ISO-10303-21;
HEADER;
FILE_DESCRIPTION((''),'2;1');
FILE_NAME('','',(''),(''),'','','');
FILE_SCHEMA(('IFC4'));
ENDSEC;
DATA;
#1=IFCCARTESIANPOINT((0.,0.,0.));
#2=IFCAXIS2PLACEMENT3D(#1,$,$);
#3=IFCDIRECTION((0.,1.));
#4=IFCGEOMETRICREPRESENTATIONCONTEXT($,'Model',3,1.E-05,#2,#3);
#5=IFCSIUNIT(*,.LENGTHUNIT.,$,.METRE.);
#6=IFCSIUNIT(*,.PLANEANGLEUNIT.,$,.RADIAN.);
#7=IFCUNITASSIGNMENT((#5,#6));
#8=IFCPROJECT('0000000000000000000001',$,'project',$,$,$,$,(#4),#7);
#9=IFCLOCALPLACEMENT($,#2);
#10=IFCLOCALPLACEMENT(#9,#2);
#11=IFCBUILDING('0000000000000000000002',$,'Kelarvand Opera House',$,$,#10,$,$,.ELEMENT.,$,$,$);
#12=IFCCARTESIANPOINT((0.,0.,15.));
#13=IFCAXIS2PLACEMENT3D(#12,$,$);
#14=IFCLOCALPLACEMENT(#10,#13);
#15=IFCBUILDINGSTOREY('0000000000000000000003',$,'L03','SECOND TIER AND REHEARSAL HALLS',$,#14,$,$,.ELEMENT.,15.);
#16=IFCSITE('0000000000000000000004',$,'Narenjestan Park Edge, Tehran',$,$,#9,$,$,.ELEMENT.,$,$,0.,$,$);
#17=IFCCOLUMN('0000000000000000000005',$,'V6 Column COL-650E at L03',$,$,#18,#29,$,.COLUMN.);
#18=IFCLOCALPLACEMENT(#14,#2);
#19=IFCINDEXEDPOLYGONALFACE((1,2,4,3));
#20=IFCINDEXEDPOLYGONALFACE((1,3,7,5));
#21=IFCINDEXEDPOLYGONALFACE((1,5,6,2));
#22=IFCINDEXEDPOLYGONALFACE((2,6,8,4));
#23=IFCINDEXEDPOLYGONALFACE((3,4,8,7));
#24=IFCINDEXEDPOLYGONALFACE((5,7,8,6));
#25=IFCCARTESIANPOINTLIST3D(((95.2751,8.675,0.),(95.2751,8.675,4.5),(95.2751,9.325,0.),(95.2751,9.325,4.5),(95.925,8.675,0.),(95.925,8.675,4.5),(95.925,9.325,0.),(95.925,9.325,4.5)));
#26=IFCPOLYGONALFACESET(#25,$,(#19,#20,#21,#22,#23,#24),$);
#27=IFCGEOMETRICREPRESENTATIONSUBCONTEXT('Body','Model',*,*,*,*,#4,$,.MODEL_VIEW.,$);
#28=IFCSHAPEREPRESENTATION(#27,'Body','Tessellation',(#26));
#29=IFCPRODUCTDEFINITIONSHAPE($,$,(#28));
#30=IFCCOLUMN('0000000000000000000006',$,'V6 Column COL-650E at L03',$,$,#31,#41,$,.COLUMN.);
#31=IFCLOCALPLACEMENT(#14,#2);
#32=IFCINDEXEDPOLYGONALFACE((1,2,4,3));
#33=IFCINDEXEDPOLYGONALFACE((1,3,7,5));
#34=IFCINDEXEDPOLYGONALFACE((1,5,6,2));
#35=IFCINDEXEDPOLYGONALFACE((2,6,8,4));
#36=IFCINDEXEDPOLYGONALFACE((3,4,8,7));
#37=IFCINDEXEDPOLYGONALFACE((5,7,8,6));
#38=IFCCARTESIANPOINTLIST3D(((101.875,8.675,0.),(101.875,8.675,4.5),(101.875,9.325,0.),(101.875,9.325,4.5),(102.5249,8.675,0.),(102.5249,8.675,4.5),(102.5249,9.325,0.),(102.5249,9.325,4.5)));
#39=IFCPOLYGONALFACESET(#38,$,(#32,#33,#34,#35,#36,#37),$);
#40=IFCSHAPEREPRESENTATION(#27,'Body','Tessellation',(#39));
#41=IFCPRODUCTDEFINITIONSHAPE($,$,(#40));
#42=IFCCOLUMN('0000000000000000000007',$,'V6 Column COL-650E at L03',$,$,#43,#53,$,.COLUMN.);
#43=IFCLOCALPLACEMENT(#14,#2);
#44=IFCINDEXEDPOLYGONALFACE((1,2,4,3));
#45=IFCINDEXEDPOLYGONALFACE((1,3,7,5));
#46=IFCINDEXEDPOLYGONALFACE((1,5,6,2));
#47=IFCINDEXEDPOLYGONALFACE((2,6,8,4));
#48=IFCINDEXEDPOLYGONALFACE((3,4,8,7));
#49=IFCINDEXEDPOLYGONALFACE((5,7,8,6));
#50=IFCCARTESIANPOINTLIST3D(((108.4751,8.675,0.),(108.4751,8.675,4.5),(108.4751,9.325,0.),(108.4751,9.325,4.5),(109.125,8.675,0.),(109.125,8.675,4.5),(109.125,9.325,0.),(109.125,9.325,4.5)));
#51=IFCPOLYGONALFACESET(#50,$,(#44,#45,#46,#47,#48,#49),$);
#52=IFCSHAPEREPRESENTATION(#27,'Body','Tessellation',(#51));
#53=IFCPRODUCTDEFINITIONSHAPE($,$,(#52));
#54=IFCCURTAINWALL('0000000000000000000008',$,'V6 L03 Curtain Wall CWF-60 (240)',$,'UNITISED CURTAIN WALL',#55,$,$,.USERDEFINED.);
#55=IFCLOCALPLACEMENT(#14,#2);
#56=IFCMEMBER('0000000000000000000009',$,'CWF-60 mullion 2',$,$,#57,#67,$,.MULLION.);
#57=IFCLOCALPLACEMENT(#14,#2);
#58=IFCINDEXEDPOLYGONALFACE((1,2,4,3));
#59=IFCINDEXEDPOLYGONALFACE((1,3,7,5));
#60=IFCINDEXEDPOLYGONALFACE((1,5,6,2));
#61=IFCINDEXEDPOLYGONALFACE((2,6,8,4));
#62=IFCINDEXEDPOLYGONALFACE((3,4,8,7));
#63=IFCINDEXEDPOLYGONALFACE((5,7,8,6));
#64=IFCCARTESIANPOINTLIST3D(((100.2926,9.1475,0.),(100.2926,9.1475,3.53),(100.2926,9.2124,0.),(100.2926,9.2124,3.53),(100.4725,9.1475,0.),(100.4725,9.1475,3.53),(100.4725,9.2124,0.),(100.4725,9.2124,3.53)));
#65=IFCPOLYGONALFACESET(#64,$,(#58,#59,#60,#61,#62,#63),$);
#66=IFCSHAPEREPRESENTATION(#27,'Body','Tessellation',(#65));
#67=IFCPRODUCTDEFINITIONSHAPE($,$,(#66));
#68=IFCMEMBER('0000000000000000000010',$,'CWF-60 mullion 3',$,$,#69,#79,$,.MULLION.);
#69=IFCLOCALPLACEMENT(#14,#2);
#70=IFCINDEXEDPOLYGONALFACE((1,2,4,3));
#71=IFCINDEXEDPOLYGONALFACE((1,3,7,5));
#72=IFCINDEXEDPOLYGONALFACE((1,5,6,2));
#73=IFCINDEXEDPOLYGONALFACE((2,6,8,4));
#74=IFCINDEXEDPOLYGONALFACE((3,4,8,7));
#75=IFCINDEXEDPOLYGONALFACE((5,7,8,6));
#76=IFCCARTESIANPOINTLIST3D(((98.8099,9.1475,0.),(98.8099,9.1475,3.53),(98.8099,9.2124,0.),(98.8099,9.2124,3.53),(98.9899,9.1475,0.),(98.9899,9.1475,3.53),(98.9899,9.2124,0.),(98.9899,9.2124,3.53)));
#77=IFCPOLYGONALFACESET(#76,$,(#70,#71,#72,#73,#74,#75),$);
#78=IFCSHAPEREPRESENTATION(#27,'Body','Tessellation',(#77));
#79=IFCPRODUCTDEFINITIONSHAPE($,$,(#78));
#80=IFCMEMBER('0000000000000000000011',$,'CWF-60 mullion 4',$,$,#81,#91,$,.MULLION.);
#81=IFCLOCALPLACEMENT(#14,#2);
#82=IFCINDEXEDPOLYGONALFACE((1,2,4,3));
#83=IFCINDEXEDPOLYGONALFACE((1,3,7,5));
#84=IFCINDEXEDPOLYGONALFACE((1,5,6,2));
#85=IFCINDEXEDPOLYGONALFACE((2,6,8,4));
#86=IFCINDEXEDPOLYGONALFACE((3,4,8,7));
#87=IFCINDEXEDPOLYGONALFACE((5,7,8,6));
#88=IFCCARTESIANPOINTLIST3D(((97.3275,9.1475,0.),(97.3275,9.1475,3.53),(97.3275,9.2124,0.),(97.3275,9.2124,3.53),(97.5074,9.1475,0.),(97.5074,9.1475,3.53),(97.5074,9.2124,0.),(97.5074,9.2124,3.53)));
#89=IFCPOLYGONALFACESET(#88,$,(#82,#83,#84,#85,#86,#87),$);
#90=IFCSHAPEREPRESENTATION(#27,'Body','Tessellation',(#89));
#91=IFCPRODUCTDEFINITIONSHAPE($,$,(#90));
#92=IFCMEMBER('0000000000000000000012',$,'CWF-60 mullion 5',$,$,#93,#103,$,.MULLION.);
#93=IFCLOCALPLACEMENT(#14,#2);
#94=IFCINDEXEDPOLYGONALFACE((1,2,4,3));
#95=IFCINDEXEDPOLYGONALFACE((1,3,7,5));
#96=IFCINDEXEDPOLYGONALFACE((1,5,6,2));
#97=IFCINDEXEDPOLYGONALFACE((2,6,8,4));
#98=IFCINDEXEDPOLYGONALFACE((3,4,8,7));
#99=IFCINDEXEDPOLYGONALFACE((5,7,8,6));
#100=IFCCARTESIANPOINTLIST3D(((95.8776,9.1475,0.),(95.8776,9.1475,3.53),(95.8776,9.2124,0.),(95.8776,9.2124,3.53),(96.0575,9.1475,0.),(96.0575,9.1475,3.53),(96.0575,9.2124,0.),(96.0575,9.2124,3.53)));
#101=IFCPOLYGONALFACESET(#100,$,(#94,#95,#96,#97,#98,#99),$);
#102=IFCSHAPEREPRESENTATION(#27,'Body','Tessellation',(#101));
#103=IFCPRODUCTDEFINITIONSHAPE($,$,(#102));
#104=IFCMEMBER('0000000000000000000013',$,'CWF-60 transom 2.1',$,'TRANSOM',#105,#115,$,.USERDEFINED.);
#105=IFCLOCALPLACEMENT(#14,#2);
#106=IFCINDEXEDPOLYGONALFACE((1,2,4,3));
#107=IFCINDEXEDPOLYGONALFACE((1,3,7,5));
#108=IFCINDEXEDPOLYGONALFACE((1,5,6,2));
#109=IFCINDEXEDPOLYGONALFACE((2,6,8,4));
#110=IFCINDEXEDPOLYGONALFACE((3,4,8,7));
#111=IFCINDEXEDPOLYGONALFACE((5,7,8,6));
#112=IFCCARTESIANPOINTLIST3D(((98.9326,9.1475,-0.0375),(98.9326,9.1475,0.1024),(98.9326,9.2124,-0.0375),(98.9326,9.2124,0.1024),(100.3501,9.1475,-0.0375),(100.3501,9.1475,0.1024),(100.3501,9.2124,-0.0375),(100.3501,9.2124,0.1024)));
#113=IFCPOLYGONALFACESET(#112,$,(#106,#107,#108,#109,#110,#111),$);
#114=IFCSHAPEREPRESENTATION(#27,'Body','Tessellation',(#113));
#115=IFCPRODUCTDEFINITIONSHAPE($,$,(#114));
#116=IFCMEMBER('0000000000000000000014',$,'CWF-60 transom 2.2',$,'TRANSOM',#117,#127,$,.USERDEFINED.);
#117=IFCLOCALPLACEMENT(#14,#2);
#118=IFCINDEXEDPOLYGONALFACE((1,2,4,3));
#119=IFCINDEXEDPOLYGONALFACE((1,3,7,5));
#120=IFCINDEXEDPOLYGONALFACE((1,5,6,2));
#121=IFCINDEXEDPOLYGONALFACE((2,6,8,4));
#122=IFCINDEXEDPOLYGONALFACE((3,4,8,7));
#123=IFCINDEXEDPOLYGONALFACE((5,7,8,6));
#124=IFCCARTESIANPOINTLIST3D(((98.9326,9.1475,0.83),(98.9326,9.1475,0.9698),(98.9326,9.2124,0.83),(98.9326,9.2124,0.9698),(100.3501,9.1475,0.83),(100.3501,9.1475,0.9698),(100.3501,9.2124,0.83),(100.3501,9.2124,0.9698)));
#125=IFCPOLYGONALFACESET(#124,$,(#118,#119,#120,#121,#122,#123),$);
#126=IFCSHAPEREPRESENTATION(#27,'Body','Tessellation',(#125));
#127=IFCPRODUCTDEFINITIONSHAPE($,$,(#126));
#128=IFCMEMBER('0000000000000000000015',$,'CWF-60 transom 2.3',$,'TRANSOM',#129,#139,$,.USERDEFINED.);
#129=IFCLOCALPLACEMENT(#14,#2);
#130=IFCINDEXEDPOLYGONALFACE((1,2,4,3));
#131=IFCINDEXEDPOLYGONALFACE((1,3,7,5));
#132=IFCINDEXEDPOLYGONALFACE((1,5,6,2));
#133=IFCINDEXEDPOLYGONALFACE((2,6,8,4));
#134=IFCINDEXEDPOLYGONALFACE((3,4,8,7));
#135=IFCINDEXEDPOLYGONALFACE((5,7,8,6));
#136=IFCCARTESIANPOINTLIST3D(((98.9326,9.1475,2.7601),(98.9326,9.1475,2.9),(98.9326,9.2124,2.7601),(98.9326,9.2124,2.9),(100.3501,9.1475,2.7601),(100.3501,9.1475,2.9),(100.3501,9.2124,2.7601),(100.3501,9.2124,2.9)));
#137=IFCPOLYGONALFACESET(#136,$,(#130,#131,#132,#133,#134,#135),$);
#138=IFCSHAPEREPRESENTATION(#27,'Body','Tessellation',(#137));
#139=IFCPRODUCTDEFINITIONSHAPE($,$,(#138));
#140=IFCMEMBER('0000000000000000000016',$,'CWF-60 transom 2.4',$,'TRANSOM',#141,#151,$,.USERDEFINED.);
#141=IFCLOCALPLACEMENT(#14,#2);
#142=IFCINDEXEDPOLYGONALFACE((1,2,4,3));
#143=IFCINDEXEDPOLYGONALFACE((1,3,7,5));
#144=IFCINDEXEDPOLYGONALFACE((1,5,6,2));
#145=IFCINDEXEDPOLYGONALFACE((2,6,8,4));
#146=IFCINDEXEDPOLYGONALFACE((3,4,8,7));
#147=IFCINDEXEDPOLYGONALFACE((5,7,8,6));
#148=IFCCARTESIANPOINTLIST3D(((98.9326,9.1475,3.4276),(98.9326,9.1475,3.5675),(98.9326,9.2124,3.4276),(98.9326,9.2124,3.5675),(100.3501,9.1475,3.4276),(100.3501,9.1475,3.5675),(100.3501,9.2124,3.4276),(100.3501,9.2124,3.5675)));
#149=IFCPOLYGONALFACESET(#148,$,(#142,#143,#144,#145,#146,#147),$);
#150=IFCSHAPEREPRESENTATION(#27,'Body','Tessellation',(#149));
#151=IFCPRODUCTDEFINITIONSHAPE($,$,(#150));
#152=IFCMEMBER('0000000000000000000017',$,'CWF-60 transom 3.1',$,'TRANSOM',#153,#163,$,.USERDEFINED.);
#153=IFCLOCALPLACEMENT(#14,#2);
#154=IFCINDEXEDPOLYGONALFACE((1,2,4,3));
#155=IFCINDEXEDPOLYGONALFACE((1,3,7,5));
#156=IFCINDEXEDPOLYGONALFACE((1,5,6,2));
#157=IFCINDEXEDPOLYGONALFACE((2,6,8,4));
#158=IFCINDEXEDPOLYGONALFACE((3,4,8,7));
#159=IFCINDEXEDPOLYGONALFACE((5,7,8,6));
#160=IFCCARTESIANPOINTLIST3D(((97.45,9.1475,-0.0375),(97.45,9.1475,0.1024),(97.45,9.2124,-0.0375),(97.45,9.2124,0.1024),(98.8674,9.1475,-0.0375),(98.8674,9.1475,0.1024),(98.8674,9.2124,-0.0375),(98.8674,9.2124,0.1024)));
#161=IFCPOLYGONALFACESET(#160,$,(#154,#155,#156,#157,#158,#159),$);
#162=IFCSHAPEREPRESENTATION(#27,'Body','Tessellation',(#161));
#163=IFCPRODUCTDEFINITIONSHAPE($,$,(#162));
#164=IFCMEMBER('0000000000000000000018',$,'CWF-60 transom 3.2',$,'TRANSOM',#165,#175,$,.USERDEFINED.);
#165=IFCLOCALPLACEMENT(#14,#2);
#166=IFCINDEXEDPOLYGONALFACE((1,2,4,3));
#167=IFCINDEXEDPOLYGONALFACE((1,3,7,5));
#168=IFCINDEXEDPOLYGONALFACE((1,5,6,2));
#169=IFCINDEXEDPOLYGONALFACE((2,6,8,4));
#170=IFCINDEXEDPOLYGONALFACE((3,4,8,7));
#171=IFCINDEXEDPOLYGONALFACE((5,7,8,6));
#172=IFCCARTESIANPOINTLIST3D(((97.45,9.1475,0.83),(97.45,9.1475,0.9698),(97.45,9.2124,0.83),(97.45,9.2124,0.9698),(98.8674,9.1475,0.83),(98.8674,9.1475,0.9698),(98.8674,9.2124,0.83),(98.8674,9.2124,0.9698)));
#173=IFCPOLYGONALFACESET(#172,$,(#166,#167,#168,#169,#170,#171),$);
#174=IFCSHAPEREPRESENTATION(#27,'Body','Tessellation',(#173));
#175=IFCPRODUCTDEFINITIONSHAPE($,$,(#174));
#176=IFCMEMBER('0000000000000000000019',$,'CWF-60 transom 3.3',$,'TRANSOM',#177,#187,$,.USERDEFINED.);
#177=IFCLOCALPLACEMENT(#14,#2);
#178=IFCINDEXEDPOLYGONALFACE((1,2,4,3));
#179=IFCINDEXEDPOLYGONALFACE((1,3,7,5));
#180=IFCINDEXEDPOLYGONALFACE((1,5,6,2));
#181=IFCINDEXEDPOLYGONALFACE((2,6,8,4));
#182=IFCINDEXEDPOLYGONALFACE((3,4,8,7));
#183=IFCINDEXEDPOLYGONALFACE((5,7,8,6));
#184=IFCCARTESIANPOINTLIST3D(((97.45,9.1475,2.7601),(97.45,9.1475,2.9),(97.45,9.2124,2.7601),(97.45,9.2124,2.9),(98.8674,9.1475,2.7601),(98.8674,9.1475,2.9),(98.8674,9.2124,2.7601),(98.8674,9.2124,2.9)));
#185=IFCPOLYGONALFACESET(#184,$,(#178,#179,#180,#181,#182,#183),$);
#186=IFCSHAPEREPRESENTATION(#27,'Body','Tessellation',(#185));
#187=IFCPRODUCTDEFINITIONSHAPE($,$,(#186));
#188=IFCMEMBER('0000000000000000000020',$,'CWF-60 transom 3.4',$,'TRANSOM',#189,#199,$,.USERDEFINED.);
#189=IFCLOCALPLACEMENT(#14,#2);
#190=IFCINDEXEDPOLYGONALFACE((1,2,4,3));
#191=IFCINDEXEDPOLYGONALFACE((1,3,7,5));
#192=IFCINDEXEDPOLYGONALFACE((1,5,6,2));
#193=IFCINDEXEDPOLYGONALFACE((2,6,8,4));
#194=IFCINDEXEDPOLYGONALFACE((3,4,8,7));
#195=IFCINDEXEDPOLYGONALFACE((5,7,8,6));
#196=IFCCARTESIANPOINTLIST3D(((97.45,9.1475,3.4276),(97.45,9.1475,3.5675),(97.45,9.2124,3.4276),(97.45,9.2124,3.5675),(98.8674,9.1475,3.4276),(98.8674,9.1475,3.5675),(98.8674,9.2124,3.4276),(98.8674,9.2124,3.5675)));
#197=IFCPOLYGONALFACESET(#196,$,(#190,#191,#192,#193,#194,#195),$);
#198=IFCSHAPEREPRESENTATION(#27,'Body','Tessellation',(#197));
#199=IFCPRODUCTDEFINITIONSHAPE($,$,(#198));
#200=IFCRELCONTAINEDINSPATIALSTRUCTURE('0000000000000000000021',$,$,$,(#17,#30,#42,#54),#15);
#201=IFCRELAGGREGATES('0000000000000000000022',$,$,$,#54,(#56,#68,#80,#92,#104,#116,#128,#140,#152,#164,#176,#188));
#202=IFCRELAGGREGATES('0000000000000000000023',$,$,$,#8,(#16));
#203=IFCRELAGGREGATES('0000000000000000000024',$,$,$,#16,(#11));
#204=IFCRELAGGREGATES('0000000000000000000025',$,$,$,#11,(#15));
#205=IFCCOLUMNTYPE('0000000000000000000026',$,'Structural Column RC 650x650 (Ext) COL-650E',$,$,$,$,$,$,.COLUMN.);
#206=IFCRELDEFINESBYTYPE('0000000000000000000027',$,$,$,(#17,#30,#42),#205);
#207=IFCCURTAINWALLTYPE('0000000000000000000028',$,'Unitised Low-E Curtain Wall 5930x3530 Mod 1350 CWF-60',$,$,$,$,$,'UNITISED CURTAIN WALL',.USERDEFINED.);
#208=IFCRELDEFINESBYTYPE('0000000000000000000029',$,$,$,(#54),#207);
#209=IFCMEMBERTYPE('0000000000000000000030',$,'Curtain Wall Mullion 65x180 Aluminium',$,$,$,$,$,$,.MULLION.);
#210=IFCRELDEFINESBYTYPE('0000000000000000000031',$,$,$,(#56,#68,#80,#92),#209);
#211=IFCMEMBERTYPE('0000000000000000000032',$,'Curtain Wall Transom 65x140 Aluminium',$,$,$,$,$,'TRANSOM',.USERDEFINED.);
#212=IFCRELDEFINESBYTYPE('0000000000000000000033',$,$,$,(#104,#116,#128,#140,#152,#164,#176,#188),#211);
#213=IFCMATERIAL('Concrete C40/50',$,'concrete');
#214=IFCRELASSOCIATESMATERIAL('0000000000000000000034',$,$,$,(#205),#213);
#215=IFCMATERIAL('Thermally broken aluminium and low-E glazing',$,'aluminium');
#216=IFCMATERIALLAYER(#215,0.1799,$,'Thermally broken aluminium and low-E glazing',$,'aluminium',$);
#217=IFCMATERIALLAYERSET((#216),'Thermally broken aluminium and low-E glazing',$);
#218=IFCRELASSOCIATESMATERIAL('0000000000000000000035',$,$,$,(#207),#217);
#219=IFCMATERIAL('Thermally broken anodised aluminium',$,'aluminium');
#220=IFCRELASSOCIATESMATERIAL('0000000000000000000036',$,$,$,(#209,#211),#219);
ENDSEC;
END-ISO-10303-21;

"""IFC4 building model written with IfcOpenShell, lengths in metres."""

from ifc_helpers import new_model, si_unit, direction, frame, origin, origin_2d, place, context, subcontext, project, spatial, rectangle, extrude, material, layer, layer_set, material_profile, profile_set, type_object, element, aggregate, save


model = new_model("IFC4")

# Units and contexts
model_context = context("Model", 3, precision=1e-05, world=origin(), true_north=direction((0.0, 1.0)))
body_context = subcontext(model_context, "Body", "Model", "MODEL_VIEW")
ifc_project = project(units=[si_unit("LENGTHUNIT", "METRE"), si_unit("PLANEANGLEUNIT", "RADIAN")], contexts=[model_context])

# Site, building, storey
site_placement = place(None, origin())
site = spatial("IfcSite", under=ifc_project, at=site_placement, Name="Narenjestan Park Edge, Tehran", CompositionType="ELEMENT", RefElevation=0.0)
building_placement = place(site_placement, origin())
building = spatial("IfcBuilding", under=site, at=building_placement, Name="Kelarvand Opera House", CompositionType="ELEMENT")
storey_placement = place(building_placement, frame((0.0, 0.0, 15.0)))
storey = spatial("IfcBuildingStorey", under=building, at=storey_placement, Name="L03", Description="SECOND TIER AND REHEARSAL HALLS", CompositionType="ELEMENT", Elevation=15.0)

# Columns
ifc_material_1 = material(Name="Concrete C40/50", Category="concrete")
ifc_material_profile_1 = material_profile(ifc_material_1, rectangle(XDim=0.6499, YDim=0.6499, at=origin_2d()), Name="RC 650x650", Category="concrete")
ifc_profile_set_1 = profile_set([ifc_material_profile_1], Name="Concrete C40/50")
column_type = type_object("IfcColumnType", Name="Structural Column RC 650x650 (Ext) COL-650E", PredefinedType="COLUMN", material=ifc_profile_set_1)
for number, where, z_axis, x_axis, name in (
    (1, (95.6001, 9.0, 0.0), (0.0, 0.0, 1.0), (1.0, 0.0, 0.0), "V6 Column COL-650E at L03"),
    (2, (102.2, 9.0, 0.0), (0.0, 0.0, 1.0), (1.0, 0.0, 0.0), "V6 Column COL-650E at L03"),
    (3, (108.8, 9.0, 0.0), (0.0, 0.0, 1.0), (1.0, 0.0, 0.0), "V6 Column COL-650E at L03"),
):
    element("IfcColumn", number, at=place(storey_placement, frame(where, z_axis=z_axis, x_axis=x_axis)), inside=storey, type_object=column_type, Name=name, PredefinedType="COLUMN", context=body_context, shape_type="SweptSolid", body=[
        extrude(rectangle(XDim=0.6499, YDim=0.6499, at=origin_2d()), origin(), (0.0, 0.0, 1.0), 4.5),
    ])

# Curtain wall, members
ifc_material_2 = material(Name="Thermally broken aluminium and low-E glazing", Category="aluminium")
ifc_layer_1 = layer(ifc_material_2, 0.1799, Name="Thermally broken aluminium and low-E glazing", Category="aluminium")
ifc_layer_set_1 = layer_set([ifc_layer_1], Name="Thermally broken aluminium and low-E glazing")
curtain_wall_type = type_object("IfcCurtainWallType", Name="Unitised Low-E Curtain Wall 5930x3530 Mod 1350 CWF-60", ElementType="UNITISED CURTAIN WALL", PredefinedType="USERDEFINED", material=ifc_layer_set_1)
curtain_wall_placement = place(storey_placement, origin())
curtain_wall = element("IfcCurtainWall", 4, at=curtain_wall_placement, inside=storey, type_object=curtain_wall_type, Name="V6 L03 Curtain Wall CWF-60 (240)", ObjectType="UNITISED CURTAIN WALL", PredefinedType="USERDEFINED")
ifc_material_3 = material(Name="Thermally broken anodised aluminium", Category="aluminium")
ifc_material_profile_2 = material_profile(ifc_material_3, rectangle(XDim=0.0649, YDim=0.1799, at=origin_2d()), Name="ALU MULLION 65x180", Category="aluminium")
ifc_profile_set_2 = profile_set([ifc_material_profile_2], Name="Thermally broken anodised aluminium")
member_type_1 = type_object("IfcMemberType", Name="Curtain Wall Mullion 65x180 Aluminium", PredefinedType="MULLION", material=ifc_profile_set_2)
member_1_placement = place(storey_placement, frame((100.3826, 9.1799, 0.0), z_axis=(0.0, 0.0, 1.0), x_axis=(0.0, -1.0, 0.0)))
member_1 = element("IfcMember", 5, at=member_1_placement, type_object=member_type_1, Name="CWF-60 mullion 2", PredefinedType="MULLION", context=body_context, shape_type="SweptSolid", body=[
    extrude(rectangle(XDim=0.0649, YDim=0.1799, at=origin_2d()), origin(), (0.0, 0.0, 1.0), 3.53),
])
member_2_placement = place(storey_placement, frame((98.8999, 9.1799, 0.0), z_axis=(0.0, 0.0, 1.0), x_axis=(0.0, -1.0, 0.0)))
member_2 = element("IfcMember", 6, at=member_2_placement, type_object=member_type_1, Name="CWF-60 mullion 3", PredefinedType="MULLION", context=body_context, shape_type="SweptSolid", body=[
    extrude(rectangle(XDim=0.0649, YDim=0.1799, at=origin_2d()), origin(), (0.0, 0.0, 1.0), 3.53),
])
member_3_placement = place(storey_placement, frame((97.4175, 9.1799, 0.0), z_axis=(0.0, 0.0, 1.0), x_axis=(0.0, -1.0, 0.0)))
member_3 = element("IfcMember", 7, at=member_3_placement, type_object=member_type_1, Name="CWF-60 mullion 4", PredefinedType="MULLION", context=body_context, shape_type="SweptSolid", body=[
    extrude(rectangle(XDim=0.0649, YDim=0.1799, at=origin_2d()), origin(), (0.0, 0.0, 1.0), 3.53),
])
member_4_placement = place(storey_placement, frame((95.9675, 9.1799, 0.0), z_axis=(0.0, 0.0, 1.0), x_axis=(0.0, -1.0, 0.0)))
member_4 = element("IfcMember", 8, at=member_4_placement, type_object=member_type_1, Name="CWF-60 mullion 5", PredefinedType="MULLION", context=body_context, shape_type="SweptSolid", body=[
    extrude(rectangle(XDim=0.0649, YDim=0.1799, at=origin_2d()), origin(), (0.0, 0.0, 1.0), 3.53),
])
ifc_material_profile_3 = material_profile(ifc_material_3, rectangle(XDim=0.0649, YDim=0.1399, at=origin_2d()), Name="ALU TRANSOM 65x140", Category="aluminium")
ifc_profile_set_3 = profile_set([ifc_material_profile_3], Name="Thermally broken anodised aluminium")
member_type_2 = type_object("IfcMemberType", Name="Curtain Wall Transom 65x140 Aluminium", ElementType="TRANSOM", PredefinedType="USERDEFINED", material=ifc_profile_set_3)
member_5_placement = place(storey_placement, frame((100.3501, 9.1799, 0.0325), z_axis=(-1.0, 0.0, 0.0), x_axis=(0.0, -1.0, 0.0)))
member_5 = element("IfcMember", 9, at=member_5_placement, type_object=member_type_2, Name="CWF-60 transom 2.1", ObjectType="TRANSOM", PredefinedType="USERDEFINED", context=body_context, shape_type="SweptSolid", body=[
    extrude(rectangle(XDim=0.0649, YDim=0.1399, at=origin_2d()), origin(), (0.0, 0.0, 1.0), 1.4175),
])
member_6_placement = place(storey_placement, frame((100.3501, 9.1799, 0.8999), z_axis=(-1.0, 0.0, 0.0), x_axis=(0.0, -1.0, 0.0)))
member_6 = element("IfcMember", 10, at=member_6_placement, type_object=member_type_2, Name="CWF-60 transom 2.2", ObjectType="TRANSOM", PredefinedType="USERDEFINED", context=body_context, shape_type="SweptSolid", body=[
    extrude(rectangle(XDim=0.0649, YDim=0.1399, at=origin_2d()), origin(), (0.0, 0.0, 1.0), 1.4175),
])
member_7_placement = place(storey_placement, frame((100.3501, 9.1799, 2.8301), z_axis=(-1.0, 0.0, 0.0), x_axis=(0.0, -1.0, 0.0)))
member_7 = element("IfcMember", 11, at=member_7_placement, type_object=member_type_2, Name="CWF-60 transom 2.3", ObjectType="TRANSOM", PredefinedType="USERDEFINED", context=body_context, shape_type="SweptSolid", body=[
    extrude(rectangle(XDim=0.0649, YDim=0.1399, at=origin_2d()), origin(), (0.0, 0.0, 1.0), 1.4175),
])
member_8_placement = place(storey_placement, frame((100.3501, 9.1799, 3.4976), z_axis=(-1.0, 0.0, 0.0), x_axis=(0.0, -1.0, 0.0)))
member_8 = element("IfcMember", 12, at=member_8_placement, type_object=member_type_2, Name="CWF-60 transom 2.4", ObjectType="TRANSOM", PredefinedType="USERDEFINED", context=body_context, shape_type="SweptSolid", body=[
    extrude(rectangle(XDim=0.0649, YDim=0.1399, at=origin_2d()), origin(), (0.0, 0.0, 1.0), 1.4175),
])
member_9_placement = place(storey_placement, frame((98.8674, 9.1799, 0.0325), z_axis=(-1.0, 0.0, 0.0), x_axis=(0.0, -1.0, 0.0)))
member_9 = element("IfcMember", 13, at=member_9_placement, type_object=member_type_2, Name="CWF-60 transom 3.1", ObjectType="TRANSOM", PredefinedType="USERDEFINED", context=body_context, shape_type="SweptSolid", body=[
    extrude(rectangle(XDim=0.0649, YDim=0.1399, at=origin_2d()), origin(), (0.0, 0.0, 1.0), 1.4175),
])
member_10_placement = place(storey_placement, frame((98.8674, 9.1799, 0.8999), z_axis=(-1.0, 0.0, 0.0), x_axis=(0.0, -1.0, 0.0)))
member_10 = element("IfcMember", 14, at=member_10_placement, type_object=member_type_2, Name="CWF-60 transom 3.2", ObjectType="TRANSOM", PredefinedType="USERDEFINED", context=body_context, shape_type="SweptSolid", body=[
    extrude(rectangle(XDim=0.0649, YDim=0.1399, at=origin_2d()), origin(), (0.0, 0.0, 1.0), 1.4175),
])
member_11_placement = place(storey_placement, frame((98.8674, 9.1799, 2.8301), z_axis=(-1.0, 0.0, 0.0), x_axis=(0.0, -1.0, 0.0)))
member_11 = element("IfcMember", 15, at=member_11_placement, type_object=member_type_2, Name="CWF-60 transom 3.3", ObjectType="TRANSOM", PredefinedType="USERDEFINED", context=body_context, shape_type="SweptSolid", body=[
    extrude(rectangle(XDim=0.0649, YDim=0.1399, at=origin_2d()), origin(), (0.0, 0.0, 1.0), 1.4175),
])
member_12_placement = place(storey_placement, frame((98.8674, 9.1799, 3.4976), z_axis=(-1.0, 0.0, 0.0), x_axis=(0.0, -1.0, 0.0)))
member_12 = element("IfcMember", 16, at=member_12_placement, type_object=member_type_2, Name="CWF-60 transom 3.4", ObjectType="TRANSOM", PredefinedType="USERDEFINED", context=body_context, shape_type="SweptSolid", body=[
    extrude(rectangle(XDim=0.0649, YDim=0.1399, at=origin_2d()), origin(), (0.0, 0.0, 1.0), 1.4175),
])

aggregate(curtain_wall, [member_1, member_2, member_3, member_4, member_5, member_6, member_7, member_8, member_9, member_10, member_11, member_12])

save(model, "model.ifc")
